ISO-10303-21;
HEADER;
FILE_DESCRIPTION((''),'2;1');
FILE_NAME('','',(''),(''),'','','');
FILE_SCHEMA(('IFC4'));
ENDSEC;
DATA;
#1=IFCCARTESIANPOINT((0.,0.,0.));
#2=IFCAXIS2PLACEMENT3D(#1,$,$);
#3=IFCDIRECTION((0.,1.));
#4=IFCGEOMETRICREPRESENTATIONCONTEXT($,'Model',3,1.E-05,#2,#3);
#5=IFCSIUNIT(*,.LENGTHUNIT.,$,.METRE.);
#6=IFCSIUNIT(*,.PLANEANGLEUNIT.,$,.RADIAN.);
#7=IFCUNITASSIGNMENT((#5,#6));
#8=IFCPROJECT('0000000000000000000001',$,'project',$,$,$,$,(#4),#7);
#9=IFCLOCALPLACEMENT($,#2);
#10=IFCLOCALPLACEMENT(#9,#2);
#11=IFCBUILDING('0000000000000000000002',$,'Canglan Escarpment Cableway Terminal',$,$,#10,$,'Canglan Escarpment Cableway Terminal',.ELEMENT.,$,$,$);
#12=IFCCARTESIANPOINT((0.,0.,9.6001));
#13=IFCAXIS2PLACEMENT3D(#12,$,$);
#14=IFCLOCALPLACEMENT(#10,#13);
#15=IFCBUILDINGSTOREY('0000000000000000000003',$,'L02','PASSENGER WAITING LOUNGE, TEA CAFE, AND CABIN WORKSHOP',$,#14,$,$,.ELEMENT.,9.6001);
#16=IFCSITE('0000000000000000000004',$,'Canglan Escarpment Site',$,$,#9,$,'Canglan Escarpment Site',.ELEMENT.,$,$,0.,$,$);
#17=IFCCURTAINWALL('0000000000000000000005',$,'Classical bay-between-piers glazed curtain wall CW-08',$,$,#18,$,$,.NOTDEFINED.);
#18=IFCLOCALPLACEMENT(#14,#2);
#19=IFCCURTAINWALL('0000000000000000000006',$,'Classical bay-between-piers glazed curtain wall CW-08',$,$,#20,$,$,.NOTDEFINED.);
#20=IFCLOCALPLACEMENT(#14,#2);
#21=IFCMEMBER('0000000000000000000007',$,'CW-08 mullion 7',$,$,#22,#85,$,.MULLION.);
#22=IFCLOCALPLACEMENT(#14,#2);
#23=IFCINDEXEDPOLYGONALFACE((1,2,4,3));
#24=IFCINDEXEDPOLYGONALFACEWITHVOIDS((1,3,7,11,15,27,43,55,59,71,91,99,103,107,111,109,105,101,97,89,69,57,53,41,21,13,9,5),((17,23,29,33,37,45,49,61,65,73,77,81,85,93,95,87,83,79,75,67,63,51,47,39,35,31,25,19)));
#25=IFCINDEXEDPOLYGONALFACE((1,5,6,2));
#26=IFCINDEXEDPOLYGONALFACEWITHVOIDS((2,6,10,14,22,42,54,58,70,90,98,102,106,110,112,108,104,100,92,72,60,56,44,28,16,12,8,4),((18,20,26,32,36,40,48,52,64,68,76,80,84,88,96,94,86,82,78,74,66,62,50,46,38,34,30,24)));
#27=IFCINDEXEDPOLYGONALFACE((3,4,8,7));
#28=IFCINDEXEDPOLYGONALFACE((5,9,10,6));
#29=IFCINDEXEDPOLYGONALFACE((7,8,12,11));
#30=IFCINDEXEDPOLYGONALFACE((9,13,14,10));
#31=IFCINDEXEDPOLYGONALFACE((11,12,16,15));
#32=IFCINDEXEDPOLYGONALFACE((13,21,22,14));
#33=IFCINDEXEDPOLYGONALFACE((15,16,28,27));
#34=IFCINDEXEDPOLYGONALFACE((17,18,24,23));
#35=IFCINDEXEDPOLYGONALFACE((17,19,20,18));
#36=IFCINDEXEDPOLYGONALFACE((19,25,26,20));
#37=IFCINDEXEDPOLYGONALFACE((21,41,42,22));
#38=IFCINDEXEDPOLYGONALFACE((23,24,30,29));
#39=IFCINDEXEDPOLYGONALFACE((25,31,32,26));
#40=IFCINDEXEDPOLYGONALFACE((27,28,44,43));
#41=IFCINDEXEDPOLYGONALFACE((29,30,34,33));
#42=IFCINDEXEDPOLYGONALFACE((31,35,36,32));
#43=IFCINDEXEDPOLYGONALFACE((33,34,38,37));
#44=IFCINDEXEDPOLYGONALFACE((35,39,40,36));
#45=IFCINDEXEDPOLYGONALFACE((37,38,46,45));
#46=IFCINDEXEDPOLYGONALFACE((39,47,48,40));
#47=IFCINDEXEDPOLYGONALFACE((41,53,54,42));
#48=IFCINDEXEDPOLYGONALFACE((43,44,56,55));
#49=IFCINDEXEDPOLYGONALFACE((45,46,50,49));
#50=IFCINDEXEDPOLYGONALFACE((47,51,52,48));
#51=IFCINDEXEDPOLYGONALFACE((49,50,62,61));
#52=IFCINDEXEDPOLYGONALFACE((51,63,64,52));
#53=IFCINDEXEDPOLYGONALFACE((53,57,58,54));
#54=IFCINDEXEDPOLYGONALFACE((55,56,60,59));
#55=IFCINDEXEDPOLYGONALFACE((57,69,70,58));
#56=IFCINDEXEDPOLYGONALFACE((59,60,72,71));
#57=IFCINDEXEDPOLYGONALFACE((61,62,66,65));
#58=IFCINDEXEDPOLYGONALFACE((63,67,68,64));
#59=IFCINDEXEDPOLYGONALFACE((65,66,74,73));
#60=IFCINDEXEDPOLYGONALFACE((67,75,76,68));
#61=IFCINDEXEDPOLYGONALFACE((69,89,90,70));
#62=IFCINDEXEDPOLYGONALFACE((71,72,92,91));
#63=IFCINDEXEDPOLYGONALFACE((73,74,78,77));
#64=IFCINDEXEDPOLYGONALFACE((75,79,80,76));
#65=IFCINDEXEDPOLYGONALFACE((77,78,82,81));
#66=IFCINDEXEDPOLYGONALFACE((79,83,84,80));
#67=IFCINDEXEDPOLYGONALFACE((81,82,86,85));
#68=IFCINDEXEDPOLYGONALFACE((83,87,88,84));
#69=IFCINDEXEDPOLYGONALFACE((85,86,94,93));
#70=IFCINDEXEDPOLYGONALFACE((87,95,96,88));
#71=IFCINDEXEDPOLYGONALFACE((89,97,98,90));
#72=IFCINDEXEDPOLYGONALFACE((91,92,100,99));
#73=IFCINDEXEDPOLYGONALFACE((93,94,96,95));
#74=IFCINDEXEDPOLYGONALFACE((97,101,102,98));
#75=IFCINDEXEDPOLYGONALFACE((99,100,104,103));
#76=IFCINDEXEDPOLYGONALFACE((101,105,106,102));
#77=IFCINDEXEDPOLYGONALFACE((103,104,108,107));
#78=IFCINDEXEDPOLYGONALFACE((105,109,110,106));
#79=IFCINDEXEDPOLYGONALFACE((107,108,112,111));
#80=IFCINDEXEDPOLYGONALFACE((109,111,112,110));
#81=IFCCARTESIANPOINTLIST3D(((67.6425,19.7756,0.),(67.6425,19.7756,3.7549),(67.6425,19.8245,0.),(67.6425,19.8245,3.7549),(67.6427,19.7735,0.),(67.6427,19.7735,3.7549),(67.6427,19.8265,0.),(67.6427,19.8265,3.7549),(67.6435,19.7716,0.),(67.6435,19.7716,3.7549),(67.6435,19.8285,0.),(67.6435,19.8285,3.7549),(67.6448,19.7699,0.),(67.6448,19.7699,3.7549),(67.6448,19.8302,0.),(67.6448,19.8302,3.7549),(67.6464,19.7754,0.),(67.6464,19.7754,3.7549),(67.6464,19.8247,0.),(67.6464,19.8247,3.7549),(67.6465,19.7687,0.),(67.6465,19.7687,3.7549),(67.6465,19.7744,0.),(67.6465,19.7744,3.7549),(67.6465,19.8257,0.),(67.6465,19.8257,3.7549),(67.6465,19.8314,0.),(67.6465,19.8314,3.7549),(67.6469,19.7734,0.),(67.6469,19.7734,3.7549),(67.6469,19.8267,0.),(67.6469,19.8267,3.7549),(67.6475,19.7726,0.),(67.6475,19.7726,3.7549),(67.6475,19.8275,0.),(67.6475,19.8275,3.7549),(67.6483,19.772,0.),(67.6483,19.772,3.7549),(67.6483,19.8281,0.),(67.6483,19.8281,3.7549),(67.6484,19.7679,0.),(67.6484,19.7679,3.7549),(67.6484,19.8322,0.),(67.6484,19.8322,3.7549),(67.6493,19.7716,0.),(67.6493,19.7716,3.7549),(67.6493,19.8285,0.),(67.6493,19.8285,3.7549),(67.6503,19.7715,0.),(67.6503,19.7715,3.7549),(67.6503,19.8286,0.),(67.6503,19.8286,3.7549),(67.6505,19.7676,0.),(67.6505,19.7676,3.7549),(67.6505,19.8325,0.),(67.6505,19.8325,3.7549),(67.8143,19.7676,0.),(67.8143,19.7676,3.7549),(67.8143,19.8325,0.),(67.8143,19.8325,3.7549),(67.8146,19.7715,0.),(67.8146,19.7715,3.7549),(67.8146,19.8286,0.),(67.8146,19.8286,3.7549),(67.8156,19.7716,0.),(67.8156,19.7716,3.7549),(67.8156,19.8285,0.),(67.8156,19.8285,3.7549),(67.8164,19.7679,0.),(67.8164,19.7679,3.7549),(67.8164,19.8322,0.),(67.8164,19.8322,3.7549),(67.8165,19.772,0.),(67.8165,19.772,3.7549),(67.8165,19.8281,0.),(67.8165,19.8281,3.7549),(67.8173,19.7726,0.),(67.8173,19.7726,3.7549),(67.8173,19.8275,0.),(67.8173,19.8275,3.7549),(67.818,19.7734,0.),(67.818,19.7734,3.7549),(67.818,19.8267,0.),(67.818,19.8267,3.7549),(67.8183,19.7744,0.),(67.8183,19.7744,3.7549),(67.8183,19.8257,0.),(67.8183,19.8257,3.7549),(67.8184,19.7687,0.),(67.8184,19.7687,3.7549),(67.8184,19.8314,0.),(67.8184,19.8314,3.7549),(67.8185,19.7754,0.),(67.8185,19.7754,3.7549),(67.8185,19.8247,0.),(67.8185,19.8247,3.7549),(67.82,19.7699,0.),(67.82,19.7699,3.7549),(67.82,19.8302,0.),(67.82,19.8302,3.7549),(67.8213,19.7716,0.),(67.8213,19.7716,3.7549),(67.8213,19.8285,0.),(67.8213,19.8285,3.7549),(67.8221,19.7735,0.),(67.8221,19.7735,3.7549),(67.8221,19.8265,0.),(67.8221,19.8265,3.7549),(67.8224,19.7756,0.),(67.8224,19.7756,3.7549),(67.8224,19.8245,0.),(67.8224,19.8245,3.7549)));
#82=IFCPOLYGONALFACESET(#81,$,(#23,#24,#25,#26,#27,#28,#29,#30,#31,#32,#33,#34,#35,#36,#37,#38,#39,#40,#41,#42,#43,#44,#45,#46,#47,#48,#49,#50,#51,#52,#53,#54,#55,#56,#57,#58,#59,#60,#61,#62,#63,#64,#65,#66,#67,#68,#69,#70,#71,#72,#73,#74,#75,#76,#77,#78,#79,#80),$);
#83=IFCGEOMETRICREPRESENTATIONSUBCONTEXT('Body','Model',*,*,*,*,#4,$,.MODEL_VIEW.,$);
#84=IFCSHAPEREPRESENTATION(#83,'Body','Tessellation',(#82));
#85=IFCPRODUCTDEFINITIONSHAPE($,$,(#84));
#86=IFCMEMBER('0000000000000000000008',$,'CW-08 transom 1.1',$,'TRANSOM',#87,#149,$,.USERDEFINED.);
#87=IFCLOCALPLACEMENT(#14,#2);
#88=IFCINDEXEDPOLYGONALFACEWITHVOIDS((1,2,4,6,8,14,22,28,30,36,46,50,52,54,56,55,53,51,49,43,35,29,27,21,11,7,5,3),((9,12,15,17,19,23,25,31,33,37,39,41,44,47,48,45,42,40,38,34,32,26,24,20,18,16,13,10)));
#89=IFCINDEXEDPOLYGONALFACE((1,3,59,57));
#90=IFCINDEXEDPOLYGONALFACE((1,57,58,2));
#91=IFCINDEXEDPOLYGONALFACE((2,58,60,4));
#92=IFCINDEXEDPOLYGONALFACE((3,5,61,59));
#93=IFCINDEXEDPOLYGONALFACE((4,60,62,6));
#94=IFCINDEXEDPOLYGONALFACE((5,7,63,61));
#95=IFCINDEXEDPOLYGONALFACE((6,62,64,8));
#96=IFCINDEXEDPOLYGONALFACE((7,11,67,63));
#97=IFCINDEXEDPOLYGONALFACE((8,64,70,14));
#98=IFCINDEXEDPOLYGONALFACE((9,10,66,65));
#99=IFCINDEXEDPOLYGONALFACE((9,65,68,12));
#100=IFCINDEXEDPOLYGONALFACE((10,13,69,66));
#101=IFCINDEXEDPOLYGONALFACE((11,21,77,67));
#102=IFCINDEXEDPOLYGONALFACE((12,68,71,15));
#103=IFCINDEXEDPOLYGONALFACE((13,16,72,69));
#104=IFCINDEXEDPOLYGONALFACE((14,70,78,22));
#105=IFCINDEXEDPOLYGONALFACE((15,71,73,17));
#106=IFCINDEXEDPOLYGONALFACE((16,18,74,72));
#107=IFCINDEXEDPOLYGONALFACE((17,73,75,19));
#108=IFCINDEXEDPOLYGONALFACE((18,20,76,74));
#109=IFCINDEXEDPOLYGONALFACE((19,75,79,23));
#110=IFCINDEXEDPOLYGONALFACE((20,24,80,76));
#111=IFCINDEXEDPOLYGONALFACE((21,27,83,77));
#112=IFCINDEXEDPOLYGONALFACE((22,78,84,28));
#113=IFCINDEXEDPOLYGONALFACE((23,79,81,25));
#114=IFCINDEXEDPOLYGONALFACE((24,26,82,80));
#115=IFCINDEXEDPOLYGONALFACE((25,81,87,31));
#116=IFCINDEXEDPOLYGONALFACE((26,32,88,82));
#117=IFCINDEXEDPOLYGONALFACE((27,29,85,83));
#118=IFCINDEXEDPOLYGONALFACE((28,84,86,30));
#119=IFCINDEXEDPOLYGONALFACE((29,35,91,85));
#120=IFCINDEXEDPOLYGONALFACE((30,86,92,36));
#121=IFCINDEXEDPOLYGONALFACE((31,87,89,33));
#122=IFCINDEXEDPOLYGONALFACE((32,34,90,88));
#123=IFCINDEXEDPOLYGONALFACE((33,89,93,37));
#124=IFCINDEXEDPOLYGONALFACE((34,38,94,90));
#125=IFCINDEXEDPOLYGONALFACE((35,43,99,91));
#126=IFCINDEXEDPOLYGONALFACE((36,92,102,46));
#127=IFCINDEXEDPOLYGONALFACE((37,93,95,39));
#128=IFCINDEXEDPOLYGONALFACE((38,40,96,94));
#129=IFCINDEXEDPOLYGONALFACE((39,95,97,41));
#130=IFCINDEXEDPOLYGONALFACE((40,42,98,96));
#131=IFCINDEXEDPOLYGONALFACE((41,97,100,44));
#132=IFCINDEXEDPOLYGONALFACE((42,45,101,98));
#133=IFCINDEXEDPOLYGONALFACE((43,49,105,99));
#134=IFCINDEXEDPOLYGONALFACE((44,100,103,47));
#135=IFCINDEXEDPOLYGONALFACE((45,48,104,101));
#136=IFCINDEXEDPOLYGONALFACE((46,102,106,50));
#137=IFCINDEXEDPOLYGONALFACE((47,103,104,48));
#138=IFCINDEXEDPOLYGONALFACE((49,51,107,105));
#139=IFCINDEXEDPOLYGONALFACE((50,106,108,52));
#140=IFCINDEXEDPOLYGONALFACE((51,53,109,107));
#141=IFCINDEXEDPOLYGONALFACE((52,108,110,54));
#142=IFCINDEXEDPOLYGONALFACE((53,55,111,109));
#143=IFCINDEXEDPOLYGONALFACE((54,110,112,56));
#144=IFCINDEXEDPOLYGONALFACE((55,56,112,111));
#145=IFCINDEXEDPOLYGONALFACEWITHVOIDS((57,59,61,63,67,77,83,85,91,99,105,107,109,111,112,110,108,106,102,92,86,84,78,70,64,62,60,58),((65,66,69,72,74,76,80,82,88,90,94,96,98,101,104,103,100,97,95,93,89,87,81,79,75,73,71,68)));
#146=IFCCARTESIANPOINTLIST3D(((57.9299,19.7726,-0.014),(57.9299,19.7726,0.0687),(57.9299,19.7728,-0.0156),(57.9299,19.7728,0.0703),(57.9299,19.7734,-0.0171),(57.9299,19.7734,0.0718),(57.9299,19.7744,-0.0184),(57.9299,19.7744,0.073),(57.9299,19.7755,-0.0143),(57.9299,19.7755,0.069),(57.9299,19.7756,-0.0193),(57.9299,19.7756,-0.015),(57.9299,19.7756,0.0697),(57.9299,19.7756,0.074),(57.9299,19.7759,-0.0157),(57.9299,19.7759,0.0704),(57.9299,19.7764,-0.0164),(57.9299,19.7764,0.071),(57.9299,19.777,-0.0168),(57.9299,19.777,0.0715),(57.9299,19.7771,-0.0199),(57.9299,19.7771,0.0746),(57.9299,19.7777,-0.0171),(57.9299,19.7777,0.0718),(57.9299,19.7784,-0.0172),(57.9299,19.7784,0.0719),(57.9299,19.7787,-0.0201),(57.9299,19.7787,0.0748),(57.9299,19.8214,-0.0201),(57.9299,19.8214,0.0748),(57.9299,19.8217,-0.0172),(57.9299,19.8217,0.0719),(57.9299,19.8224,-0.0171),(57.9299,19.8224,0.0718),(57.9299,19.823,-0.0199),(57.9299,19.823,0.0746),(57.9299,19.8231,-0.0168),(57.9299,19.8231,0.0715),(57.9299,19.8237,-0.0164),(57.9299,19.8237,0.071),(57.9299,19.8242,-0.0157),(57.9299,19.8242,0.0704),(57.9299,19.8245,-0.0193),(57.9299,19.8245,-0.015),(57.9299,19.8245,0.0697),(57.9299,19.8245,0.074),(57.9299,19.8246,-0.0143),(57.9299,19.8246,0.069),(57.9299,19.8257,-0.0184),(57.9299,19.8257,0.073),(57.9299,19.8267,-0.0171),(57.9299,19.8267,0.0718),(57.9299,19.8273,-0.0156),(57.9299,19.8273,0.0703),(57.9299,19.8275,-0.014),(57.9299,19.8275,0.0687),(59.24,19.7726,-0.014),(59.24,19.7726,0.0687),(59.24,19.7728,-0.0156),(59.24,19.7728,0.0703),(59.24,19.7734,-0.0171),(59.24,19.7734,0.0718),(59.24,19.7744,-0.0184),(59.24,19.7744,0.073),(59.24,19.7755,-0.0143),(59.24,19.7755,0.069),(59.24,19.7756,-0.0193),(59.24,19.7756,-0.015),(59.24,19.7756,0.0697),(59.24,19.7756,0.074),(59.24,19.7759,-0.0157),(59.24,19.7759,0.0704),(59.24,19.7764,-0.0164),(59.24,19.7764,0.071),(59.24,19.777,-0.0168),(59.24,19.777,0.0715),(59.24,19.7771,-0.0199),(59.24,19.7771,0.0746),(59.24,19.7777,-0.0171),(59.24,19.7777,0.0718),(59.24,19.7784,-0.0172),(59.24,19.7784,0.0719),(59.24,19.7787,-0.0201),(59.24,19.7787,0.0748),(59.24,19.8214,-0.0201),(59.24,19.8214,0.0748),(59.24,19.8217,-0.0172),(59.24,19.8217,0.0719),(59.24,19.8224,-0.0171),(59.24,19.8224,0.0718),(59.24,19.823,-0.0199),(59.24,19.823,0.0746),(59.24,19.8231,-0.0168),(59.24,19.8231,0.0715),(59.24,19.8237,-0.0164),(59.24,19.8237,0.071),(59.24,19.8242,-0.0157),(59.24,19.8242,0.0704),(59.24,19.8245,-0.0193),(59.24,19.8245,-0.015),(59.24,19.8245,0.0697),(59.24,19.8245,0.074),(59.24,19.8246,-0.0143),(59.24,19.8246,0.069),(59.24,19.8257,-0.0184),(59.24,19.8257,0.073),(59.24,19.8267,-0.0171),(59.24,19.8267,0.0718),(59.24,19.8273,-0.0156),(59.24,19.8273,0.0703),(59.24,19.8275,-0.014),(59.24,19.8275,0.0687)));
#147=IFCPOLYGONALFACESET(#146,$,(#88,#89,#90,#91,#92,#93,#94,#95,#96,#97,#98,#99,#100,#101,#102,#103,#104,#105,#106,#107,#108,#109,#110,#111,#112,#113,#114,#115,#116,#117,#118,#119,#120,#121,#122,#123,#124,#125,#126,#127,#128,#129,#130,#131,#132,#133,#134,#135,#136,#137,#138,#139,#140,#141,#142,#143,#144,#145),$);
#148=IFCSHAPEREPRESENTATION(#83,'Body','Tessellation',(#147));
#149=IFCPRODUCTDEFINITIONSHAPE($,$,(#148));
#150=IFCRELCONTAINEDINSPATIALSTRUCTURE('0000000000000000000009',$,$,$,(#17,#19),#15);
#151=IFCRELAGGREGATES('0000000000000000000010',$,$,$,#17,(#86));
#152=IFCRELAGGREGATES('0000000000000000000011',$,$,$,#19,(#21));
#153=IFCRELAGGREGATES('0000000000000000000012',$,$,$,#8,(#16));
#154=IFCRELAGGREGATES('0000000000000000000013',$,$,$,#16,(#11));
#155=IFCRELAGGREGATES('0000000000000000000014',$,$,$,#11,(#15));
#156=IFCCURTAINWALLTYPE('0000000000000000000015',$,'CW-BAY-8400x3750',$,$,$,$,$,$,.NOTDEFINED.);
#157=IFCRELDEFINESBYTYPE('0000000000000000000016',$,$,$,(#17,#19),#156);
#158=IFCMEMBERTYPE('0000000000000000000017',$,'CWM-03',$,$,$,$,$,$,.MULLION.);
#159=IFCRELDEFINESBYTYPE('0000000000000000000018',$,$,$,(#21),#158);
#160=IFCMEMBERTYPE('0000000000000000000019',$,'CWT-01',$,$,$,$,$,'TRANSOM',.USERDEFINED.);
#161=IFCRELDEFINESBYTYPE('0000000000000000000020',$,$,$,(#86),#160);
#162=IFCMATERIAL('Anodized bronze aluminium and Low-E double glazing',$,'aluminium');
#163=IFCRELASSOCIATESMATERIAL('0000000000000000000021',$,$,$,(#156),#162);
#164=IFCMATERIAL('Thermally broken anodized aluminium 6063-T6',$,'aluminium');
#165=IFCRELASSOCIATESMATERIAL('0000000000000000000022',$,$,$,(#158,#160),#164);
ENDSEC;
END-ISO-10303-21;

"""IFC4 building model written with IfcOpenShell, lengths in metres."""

from ifc_helpers import new_model, si_unit, direction, frame, origin, origin_2d, place, context, subcontext, project, spatial, hollow_rectangle, extrude, material, material_profile, profile_set, type_object, element, aggregate, save


model = new_model("IFC4")

# Units and contexts
model_context = context("Model", 3, precision=1e-05, world=origin(), true_north=direction((0.0, 1.0)))
body_context = subcontext(model_context, "Body", "Model", "MODEL_VIEW")
ifc_project = project(units=[si_unit("LENGTHUNIT", "METRE"), si_unit("PLANEANGLEUNIT", "RADIAN")], contexts=[model_context])

# Site, building, storey
site_placement = place(None, origin())
site = spatial("IfcSite", under=ifc_project, at=site_placement, Name="Canglan Escarpment Site", LongName="Canglan Escarpment Site", CompositionType="ELEMENT", RefElevation=0.0)
building_placement = place(site_placement, origin())
building = spatial("IfcBuilding", under=site, at=building_placement, Name="Canglan Escarpment Cableway Terminal", LongName="Canglan Escarpment Cableway Terminal", CompositionType="ELEMENT")
storey_placement = place(building_placement, frame((0.0, 0.0, 9.6001)))
storey = spatial("IfcBuildingStorey", under=building, at=storey_placement, Name="L02", Description="PASSENGER WAITING LOUNGE, TEA CAFE, AND CABIN WORKSHOP", CompositionType="ELEMENT", Elevation=9.6001)

# Curtain walls, member
ifc_material_1 = material(Name="Anodized bronze aluminium and Low-E double glazing", Category="aluminium")
curtain_wall_type = type_object("IfcCurtainWallType", Name="CW-BAY-8400x3750", PredefinedType="NOTDEFINED", material=ifc_material_1)
curtain_wall_1_placement = place(storey_placement, origin())
curtain_wall_1 = element("IfcCurtainWall", 1, at=curtain_wall_1_placement, inside=storey, type_object=curtain_wall_type, Name="Classical bay-between-piers glazed curtain wall CW-08", PredefinedType="NOTDEFINED")
ifc_material_2 = material(Name="Thermally broken anodized aluminium 6063-T6", Category="aluminium")
curtain_wall_2_placement = place(storey_placement, origin())
curtain_wall_2 = element("IfcCurtainWall", 2, at=curtain_wall_2_placement, inside=storey, type_object=curtain_wall_type, Name="Classical bay-between-piers glazed curtain wall CW-08", PredefinedType="NOTDEFINED")
ifc_material_profile_1 = material_profile(ifc_material_2, hollow_rectangle(XDim=0.0649, YDim=0.1799, WallThickness=0.0039, InnerFilletRadius=0.0039, OuterFilletRadius=0.0081, at=origin_2d()), Name="ALU-MULL 65x180x4")
ifc_profile_set_1 = profile_set([ifc_material_profile_1], Name="Thermally broken anodized aluminium 6063-T6")
member_type_1 = type_object("IfcMemberType", Name="CWM-03", PredefinedType="MULLION", material=ifc_profile_set_1)
member_1_placement = place(storey_placement, frame((67.7324, 19.8, 0.0), z_axis=(0.0, 0.0, 1.0), x_axis=(0.0, -1.0, 0.0)))
member_1 = element("IfcMember", 3, at=member_1_placement, type_object=member_type_1, Name="CW-08 mullion 7", PredefinedType="MULLION", context=body_context, shape_type="SweptSolid", body=[
    extrude(hollow_rectangle(XDim=0.0649, YDim=0.1799, WallThickness=0.0039, InnerFilletRadius=0.0039, OuterFilletRadius=0.0081, at=origin_2d()), origin(), (0.0, 0.0, 1.0), 3.7549),
])

# Member
ifc_material_profile_2 = material_profile(ifc_material_2, hollow_rectangle(XDim=0.0549, YDim=0.095, WallThickness=0.0029, InnerFilletRadius=0.0029, OuterFilletRadius=0.0061, at=origin_2d()), Name="ALU-TRAN 55x95x3")
ifc_profile_set_2 = profile_set([ifc_material_profile_2], Name="Thermally broken anodized aluminium 6063-T6")
member_type_2 = type_object("IfcMemberType", Name="CWT-01", ElementType="TRANSOM", PredefinedType="USERDEFINED", material=ifc_profile_set_2)
member_2_placement = place(storey_placement, frame((59.24, 19.8, 0.0273), z_axis=(-1.0, 0.0, 0.0), x_axis=(0.0, -1.0, 0.0)))
member_2 = element("IfcMember", 4, at=member_2_placement, type_object=member_type_2, Name="CW-08 transom 1.1", ObjectType="TRANSOM", PredefinedType="USERDEFINED", context=body_context, shape_type="SweptSolid", body=[
    extrude(hollow_rectangle(XDim=0.0549, YDim=0.095, WallThickness=0.0029, InnerFilletRadius=0.0029, OuterFilletRadius=0.0061, at=origin_2d()), origin(), (0.0, 0.0, 1.0), 1.3101),
])
aggregate(curtain_wall_1, [member_2])

aggregate(curtain_wall_2, [member_1])

save(model, "model.ifc")
